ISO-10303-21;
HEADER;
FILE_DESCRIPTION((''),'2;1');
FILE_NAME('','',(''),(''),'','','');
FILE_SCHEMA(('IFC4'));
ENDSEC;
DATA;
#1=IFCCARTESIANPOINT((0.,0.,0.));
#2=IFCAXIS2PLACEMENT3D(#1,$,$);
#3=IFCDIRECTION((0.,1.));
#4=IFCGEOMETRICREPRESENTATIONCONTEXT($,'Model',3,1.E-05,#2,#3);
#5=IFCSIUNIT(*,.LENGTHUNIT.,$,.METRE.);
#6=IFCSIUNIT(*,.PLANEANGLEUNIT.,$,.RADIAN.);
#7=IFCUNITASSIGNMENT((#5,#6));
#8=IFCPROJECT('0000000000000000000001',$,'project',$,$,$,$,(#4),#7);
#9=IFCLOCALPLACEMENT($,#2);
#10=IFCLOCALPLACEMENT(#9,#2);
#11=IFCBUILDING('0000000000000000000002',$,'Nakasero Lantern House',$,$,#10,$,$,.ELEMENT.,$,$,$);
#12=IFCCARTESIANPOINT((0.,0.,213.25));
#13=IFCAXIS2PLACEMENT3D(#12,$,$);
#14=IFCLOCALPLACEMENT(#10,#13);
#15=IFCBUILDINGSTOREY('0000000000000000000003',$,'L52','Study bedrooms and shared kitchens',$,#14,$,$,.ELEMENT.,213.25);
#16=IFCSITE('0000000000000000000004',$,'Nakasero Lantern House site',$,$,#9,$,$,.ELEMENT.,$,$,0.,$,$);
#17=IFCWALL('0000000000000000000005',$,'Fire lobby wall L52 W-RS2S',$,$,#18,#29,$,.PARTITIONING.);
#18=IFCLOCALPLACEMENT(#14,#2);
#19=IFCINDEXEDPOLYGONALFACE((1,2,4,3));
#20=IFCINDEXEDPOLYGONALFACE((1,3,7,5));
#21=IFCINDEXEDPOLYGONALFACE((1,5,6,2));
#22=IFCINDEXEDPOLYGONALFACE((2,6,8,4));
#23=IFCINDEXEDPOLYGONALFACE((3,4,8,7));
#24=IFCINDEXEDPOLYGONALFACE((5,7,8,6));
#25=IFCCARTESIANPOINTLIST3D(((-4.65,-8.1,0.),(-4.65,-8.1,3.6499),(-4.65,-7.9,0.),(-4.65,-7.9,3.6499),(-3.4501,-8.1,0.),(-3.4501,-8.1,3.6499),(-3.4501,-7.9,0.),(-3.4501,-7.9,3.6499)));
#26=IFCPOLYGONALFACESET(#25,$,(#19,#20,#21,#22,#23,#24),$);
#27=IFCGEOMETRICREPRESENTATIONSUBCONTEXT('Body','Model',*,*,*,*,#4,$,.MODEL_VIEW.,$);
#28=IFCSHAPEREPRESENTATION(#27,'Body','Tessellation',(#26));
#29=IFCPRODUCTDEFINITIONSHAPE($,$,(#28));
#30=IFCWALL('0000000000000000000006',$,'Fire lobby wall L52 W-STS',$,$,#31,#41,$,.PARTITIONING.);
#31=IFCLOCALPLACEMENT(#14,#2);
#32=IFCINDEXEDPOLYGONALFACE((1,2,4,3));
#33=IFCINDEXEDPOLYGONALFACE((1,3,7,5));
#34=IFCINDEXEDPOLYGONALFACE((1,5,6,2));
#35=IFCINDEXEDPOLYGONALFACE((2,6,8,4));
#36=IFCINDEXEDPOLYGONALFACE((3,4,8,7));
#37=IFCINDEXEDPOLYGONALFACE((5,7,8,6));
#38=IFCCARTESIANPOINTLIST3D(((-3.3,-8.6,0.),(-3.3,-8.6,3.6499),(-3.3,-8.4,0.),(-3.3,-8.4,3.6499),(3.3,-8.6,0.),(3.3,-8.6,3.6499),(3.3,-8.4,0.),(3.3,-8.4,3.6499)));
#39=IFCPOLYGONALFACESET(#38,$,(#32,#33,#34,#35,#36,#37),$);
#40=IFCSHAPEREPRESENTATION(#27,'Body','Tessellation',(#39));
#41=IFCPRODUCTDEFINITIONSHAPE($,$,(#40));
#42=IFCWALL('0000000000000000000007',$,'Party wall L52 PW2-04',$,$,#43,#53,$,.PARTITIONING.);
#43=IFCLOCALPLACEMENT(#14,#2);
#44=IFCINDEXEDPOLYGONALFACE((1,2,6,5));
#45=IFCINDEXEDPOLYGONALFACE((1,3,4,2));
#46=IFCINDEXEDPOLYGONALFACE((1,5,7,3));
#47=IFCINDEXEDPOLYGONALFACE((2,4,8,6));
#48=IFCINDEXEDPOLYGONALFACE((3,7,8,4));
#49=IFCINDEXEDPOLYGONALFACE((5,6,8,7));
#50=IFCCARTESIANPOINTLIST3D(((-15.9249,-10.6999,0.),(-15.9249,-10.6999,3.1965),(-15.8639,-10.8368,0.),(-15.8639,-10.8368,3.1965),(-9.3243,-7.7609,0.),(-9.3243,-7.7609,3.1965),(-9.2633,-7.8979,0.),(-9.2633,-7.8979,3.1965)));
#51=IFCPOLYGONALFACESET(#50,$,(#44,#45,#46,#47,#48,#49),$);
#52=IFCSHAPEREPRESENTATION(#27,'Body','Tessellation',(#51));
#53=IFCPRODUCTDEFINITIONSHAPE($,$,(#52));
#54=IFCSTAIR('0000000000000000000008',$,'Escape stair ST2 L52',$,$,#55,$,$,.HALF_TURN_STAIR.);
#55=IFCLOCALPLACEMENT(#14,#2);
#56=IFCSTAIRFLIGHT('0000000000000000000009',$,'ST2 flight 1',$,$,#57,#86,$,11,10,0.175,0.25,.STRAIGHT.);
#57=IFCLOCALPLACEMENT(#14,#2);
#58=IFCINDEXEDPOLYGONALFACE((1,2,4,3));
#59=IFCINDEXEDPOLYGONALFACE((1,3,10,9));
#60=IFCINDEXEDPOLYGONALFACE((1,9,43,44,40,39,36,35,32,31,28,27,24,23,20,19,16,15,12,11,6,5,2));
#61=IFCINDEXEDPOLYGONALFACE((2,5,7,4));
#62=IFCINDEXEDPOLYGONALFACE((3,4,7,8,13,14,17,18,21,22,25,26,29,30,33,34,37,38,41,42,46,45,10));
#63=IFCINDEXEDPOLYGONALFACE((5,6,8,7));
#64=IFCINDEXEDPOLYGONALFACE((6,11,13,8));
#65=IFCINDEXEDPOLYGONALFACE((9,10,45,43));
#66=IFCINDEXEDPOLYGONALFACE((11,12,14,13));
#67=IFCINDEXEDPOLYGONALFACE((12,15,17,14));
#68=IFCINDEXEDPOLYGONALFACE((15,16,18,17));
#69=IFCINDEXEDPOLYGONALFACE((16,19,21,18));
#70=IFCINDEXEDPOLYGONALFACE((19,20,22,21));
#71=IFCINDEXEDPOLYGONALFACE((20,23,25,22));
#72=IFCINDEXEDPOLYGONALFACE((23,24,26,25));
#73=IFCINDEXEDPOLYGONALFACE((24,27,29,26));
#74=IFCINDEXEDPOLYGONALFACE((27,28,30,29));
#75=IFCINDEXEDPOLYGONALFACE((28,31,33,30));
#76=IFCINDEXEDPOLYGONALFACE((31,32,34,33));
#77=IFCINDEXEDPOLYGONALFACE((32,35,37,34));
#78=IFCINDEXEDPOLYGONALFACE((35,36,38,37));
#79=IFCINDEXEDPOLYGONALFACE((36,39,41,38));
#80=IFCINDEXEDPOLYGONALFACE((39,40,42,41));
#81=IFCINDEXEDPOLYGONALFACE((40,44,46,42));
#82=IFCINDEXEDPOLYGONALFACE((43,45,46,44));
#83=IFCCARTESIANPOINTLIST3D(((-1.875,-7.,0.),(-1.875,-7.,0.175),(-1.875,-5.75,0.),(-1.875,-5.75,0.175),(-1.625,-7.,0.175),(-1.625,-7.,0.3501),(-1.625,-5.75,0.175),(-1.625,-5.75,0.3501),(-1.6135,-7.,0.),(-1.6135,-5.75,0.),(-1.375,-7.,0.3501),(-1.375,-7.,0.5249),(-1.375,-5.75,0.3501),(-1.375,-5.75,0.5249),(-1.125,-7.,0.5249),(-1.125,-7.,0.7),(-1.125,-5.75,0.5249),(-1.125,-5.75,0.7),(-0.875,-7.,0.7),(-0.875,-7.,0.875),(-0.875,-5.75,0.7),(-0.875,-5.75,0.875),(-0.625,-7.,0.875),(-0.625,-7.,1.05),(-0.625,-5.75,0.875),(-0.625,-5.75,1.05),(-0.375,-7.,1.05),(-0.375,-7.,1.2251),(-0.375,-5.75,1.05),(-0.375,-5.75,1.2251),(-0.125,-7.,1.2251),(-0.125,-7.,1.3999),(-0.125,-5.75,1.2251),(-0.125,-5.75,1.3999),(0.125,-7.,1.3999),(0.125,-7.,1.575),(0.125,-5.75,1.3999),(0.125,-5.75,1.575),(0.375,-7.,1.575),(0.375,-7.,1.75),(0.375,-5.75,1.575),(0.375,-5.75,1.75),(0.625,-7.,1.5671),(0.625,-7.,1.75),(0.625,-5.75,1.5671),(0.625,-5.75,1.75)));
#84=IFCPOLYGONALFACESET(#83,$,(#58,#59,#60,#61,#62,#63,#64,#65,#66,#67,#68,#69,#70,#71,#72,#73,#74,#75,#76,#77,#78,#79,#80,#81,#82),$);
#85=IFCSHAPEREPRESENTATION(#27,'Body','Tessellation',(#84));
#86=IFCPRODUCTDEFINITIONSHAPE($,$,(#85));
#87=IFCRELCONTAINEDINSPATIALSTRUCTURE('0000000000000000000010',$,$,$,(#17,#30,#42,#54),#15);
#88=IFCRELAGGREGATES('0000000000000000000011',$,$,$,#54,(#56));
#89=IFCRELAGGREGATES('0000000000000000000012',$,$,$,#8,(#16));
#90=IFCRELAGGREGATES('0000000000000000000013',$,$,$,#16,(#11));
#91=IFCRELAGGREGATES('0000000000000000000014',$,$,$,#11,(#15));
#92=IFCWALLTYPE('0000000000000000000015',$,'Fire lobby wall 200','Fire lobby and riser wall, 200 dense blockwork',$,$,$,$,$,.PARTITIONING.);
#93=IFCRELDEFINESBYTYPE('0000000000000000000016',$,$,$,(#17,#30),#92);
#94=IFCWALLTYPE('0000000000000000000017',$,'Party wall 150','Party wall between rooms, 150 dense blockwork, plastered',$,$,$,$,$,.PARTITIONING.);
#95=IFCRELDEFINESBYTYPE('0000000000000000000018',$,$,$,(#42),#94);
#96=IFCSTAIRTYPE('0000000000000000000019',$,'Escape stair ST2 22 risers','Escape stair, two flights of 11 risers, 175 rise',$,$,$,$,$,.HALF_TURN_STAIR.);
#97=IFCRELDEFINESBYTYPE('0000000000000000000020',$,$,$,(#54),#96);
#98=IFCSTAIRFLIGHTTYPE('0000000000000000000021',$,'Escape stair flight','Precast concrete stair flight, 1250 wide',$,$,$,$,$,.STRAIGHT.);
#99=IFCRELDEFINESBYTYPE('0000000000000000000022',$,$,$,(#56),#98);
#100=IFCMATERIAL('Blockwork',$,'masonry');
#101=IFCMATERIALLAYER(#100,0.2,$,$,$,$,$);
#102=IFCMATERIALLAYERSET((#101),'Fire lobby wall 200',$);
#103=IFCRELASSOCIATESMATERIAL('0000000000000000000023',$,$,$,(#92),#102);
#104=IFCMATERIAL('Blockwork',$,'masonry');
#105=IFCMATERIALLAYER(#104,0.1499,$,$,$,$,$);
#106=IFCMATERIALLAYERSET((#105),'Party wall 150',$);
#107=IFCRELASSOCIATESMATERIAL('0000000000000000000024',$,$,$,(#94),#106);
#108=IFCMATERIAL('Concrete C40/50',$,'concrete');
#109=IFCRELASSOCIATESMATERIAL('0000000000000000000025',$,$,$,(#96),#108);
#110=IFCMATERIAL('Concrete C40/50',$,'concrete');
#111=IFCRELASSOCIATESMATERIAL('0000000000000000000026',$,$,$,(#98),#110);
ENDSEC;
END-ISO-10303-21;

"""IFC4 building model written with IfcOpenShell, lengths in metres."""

from ifc_helpers import new_model, si_unit, direction, frame, frame_2d, origin, place, context, subcontext, project, spatial, polyline, rectangle, outline, extrude, material, layer, layer_set, type_object, element, aggregate, save


model = new_model("IFC4")

# Units and contexts
model_context = context("Model", 3, precision=1e-05, world=origin(), true_north=direction((0.0, 1.0)))
body_context = subcontext(model_context, "Body", "Model", "MODEL_VIEW")
ifc_project = project(units=[si_unit("LENGTHUNIT", "METRE"), si_unit("PLANEANGLEUNIT", "RADIAN")], contexts=[model_context])

# Site, building, storey
site_placement = place(None, origin())
site = spatial("IfcSite", under=ifc_project, at=site_placement, Name="Nakasero Lantern House site", CompositionType="ELEMENT", RefElevation=0.0)
building_placement = place(site_placement, origin())
building = spatial("IfcBuilding", under=site, at=building_placement, Name="Nakasero Lantern House", CompositionType="ELEMENT")
storey_placement = place(building_placement, frame((0.0, 0.0, 213.25)))
storey = spatial("IfcBuildingStorey", under=building, at=storey_placement, Name="L52", Description="Study bedrooms and shared kitchens", CompositionType="ELEMENT", Elevation=213.25)

# Shared definitions
ifc_material_1 = material(Name="Blockwork", Category="masonry")
ifc_layer_1 = layer(ifc_material_1, 0.2)
ifc_layer_set_1 = layer_set([ifc_layer_1], Name="Fire lobby wall 200")
wall_type_1 = type_object("IfcWallType", Name="Fire lobby wall 200", Description="Fire lobby and riser wall, 200 dense blockwork", PredefinedType="PARTITIONING", material=ifc_layer_set_1)

# Walls
wall_1_placement = place(storey_placement, frame((-3.45, -8.0, 0.0), z_axis=(0.0, 0.0, 1.0), x_axis=(-1.0, 0.0, 0.0)))
element("IfcWall", 1, at=wall_1_placement, inside=storey, type_object=wall_type_1, Name="Fire lobby wall L52 W-RS2S", PredefinedType="PARTITIONING", context=body_context, shape_type="SweptSolid", body=[
    extrude(rectangle(XDim=1.2, YDim=0.2, at=frame_2d((0.6001, 0.0))), origin(), (0.0, 0.0, 1.0), 3.6499),
])
wall_2_placement = place(storey_placement, frame((-3.3, -8.5, 0.0), z_axis=(0.0, 0.0, 1.0), x_axis=(1.0, 0.0, 0.0)))
element("IfcWall", 2, at=wall_2_placement, inside=storey, type_object=wall_type_1, Name="Fire lobby wall L52 W-STS", PredefinedType="PARTITIONING", context=body_context, shape_type="SweptSolid", body=[
    extrude(rectangle(XDim=6.6001, YDim=0.2, at=frame_2d((3.3, 0.0))), origin(), (0.0, 0.0, 1.0), 3.6499),
])
ifc_material_2 = material(Name="Blockwork", Category="masonry")
ifc_layer_2 = layer(ifc_material_2, 0.1499)
ifc_layer_set_2 = layer_set([ifc_layer_2], Name="Party wall 150")
wall_type_2 = type_object("IfcWallType", Name="Party wall 150", Description="Party wall between rooms, 150 dense blockwork, plastered", PredefinedType="PARTITIONING", material=ifc_layer_set_2)
wall_3_placement = place(storey_placement, frame((-9.2937, -7.8293, 0.0), z_axis=(0.0, 0.0, 1.0), x_axis=(-0.913535, -0.406759, 0.0)))
element("IfcWall", 3, at=wall_3_placement, inside=storey, type_object=wall_type_2, Name="Party wall L52 PW2-04", PredefinedType="PARTITIONING", context=body_context, shape_type="SweptSolid", body=[
    extrude(rectangle(XDim=7.2253, YDim=0.1499, at=frame_2d((3.6128, 0.0))), origin(), (0.0, 0.0, 1.0), 3.1965),
])

# Stair, stair flight
ifc_material_3 = material(Name="Concrete C40/50", Category="concrete")
stair_type = type_object("IfcStairType", Name="Escape stair ST2 22 risers", Description="Escape stair, two flights of 11 risers, 175 rise", PredefinedType="HALF_TURN_STAIR", material=ifc_material_3)
stair_placement = place(storey_placement, origin())
stair = element("IfcStair", 4, at=stair_placement, inside=storey, type_object=stair_type, Name="Escape stair ST2 L52", PredefinedType="HALF_TURN_STAIR")
ifc_material_4 = material(Name="Concrete C40/50", Category="concrete")
stair_flight_type = type_object("IfcStairFlightType", Name="Escape stair flight", Description="Precast concrete stair flight, 1250 wide", PredefinedType="STRAIGHT", material=ifc_material_4)
stair_flight_placement = place(storey_placement, frame((-1.875, -6.375, 0.0), z_axis=(0.0, 0.0, 1.0), x_axis=(1.0, 0.0, 0.0)))
stair_flight = element("IfcStairFlight", 5, at=stair_flight_placement, type_object=stair_flight_type, Name="ST2 flight 1", NumberOfRisers=11, NumberOfTreads=10, PredefinedType="STRAIGHT", RiserHeight=0.175, TreadLength=0.25, context=body_context, shape_type="SweptSolid", body=[
    extrude(outline(polyline([(0.0, 0.0), (0.0, 0.175), (0.25, 0.175), (0.25, 0.3501), (0.5, 0.3501), (0.5, 0.5249), (0.75, 0.5249), (0.75, 0.7), (1.0, 0.7), (1.0, 0.875), (1.25, 0.875), (1.25, 1.05), (1.5, 1.05), (1.5, 1.2251), (1.75, 1.2251), (1.75, 1.3999), (2.0, 1.3999), (2.0, 1.575), (2.25, 1.575), (2.25, 1.75), (2.5, 1.75), (2.5, 1.925), (2.5, 1.5671), (0.2615, 0.0), (0.0, 0.0)])), frame((0.0, 0.625, 0.0), z_axis=(0.0, -1.0, 0.0), x_axis=(1.0, 0.0, 0.0)), (0.0, 0.0, 1.0), 1.25),
])
aggregate(stair, [stair_flight])

save(model, "model.ifc")
